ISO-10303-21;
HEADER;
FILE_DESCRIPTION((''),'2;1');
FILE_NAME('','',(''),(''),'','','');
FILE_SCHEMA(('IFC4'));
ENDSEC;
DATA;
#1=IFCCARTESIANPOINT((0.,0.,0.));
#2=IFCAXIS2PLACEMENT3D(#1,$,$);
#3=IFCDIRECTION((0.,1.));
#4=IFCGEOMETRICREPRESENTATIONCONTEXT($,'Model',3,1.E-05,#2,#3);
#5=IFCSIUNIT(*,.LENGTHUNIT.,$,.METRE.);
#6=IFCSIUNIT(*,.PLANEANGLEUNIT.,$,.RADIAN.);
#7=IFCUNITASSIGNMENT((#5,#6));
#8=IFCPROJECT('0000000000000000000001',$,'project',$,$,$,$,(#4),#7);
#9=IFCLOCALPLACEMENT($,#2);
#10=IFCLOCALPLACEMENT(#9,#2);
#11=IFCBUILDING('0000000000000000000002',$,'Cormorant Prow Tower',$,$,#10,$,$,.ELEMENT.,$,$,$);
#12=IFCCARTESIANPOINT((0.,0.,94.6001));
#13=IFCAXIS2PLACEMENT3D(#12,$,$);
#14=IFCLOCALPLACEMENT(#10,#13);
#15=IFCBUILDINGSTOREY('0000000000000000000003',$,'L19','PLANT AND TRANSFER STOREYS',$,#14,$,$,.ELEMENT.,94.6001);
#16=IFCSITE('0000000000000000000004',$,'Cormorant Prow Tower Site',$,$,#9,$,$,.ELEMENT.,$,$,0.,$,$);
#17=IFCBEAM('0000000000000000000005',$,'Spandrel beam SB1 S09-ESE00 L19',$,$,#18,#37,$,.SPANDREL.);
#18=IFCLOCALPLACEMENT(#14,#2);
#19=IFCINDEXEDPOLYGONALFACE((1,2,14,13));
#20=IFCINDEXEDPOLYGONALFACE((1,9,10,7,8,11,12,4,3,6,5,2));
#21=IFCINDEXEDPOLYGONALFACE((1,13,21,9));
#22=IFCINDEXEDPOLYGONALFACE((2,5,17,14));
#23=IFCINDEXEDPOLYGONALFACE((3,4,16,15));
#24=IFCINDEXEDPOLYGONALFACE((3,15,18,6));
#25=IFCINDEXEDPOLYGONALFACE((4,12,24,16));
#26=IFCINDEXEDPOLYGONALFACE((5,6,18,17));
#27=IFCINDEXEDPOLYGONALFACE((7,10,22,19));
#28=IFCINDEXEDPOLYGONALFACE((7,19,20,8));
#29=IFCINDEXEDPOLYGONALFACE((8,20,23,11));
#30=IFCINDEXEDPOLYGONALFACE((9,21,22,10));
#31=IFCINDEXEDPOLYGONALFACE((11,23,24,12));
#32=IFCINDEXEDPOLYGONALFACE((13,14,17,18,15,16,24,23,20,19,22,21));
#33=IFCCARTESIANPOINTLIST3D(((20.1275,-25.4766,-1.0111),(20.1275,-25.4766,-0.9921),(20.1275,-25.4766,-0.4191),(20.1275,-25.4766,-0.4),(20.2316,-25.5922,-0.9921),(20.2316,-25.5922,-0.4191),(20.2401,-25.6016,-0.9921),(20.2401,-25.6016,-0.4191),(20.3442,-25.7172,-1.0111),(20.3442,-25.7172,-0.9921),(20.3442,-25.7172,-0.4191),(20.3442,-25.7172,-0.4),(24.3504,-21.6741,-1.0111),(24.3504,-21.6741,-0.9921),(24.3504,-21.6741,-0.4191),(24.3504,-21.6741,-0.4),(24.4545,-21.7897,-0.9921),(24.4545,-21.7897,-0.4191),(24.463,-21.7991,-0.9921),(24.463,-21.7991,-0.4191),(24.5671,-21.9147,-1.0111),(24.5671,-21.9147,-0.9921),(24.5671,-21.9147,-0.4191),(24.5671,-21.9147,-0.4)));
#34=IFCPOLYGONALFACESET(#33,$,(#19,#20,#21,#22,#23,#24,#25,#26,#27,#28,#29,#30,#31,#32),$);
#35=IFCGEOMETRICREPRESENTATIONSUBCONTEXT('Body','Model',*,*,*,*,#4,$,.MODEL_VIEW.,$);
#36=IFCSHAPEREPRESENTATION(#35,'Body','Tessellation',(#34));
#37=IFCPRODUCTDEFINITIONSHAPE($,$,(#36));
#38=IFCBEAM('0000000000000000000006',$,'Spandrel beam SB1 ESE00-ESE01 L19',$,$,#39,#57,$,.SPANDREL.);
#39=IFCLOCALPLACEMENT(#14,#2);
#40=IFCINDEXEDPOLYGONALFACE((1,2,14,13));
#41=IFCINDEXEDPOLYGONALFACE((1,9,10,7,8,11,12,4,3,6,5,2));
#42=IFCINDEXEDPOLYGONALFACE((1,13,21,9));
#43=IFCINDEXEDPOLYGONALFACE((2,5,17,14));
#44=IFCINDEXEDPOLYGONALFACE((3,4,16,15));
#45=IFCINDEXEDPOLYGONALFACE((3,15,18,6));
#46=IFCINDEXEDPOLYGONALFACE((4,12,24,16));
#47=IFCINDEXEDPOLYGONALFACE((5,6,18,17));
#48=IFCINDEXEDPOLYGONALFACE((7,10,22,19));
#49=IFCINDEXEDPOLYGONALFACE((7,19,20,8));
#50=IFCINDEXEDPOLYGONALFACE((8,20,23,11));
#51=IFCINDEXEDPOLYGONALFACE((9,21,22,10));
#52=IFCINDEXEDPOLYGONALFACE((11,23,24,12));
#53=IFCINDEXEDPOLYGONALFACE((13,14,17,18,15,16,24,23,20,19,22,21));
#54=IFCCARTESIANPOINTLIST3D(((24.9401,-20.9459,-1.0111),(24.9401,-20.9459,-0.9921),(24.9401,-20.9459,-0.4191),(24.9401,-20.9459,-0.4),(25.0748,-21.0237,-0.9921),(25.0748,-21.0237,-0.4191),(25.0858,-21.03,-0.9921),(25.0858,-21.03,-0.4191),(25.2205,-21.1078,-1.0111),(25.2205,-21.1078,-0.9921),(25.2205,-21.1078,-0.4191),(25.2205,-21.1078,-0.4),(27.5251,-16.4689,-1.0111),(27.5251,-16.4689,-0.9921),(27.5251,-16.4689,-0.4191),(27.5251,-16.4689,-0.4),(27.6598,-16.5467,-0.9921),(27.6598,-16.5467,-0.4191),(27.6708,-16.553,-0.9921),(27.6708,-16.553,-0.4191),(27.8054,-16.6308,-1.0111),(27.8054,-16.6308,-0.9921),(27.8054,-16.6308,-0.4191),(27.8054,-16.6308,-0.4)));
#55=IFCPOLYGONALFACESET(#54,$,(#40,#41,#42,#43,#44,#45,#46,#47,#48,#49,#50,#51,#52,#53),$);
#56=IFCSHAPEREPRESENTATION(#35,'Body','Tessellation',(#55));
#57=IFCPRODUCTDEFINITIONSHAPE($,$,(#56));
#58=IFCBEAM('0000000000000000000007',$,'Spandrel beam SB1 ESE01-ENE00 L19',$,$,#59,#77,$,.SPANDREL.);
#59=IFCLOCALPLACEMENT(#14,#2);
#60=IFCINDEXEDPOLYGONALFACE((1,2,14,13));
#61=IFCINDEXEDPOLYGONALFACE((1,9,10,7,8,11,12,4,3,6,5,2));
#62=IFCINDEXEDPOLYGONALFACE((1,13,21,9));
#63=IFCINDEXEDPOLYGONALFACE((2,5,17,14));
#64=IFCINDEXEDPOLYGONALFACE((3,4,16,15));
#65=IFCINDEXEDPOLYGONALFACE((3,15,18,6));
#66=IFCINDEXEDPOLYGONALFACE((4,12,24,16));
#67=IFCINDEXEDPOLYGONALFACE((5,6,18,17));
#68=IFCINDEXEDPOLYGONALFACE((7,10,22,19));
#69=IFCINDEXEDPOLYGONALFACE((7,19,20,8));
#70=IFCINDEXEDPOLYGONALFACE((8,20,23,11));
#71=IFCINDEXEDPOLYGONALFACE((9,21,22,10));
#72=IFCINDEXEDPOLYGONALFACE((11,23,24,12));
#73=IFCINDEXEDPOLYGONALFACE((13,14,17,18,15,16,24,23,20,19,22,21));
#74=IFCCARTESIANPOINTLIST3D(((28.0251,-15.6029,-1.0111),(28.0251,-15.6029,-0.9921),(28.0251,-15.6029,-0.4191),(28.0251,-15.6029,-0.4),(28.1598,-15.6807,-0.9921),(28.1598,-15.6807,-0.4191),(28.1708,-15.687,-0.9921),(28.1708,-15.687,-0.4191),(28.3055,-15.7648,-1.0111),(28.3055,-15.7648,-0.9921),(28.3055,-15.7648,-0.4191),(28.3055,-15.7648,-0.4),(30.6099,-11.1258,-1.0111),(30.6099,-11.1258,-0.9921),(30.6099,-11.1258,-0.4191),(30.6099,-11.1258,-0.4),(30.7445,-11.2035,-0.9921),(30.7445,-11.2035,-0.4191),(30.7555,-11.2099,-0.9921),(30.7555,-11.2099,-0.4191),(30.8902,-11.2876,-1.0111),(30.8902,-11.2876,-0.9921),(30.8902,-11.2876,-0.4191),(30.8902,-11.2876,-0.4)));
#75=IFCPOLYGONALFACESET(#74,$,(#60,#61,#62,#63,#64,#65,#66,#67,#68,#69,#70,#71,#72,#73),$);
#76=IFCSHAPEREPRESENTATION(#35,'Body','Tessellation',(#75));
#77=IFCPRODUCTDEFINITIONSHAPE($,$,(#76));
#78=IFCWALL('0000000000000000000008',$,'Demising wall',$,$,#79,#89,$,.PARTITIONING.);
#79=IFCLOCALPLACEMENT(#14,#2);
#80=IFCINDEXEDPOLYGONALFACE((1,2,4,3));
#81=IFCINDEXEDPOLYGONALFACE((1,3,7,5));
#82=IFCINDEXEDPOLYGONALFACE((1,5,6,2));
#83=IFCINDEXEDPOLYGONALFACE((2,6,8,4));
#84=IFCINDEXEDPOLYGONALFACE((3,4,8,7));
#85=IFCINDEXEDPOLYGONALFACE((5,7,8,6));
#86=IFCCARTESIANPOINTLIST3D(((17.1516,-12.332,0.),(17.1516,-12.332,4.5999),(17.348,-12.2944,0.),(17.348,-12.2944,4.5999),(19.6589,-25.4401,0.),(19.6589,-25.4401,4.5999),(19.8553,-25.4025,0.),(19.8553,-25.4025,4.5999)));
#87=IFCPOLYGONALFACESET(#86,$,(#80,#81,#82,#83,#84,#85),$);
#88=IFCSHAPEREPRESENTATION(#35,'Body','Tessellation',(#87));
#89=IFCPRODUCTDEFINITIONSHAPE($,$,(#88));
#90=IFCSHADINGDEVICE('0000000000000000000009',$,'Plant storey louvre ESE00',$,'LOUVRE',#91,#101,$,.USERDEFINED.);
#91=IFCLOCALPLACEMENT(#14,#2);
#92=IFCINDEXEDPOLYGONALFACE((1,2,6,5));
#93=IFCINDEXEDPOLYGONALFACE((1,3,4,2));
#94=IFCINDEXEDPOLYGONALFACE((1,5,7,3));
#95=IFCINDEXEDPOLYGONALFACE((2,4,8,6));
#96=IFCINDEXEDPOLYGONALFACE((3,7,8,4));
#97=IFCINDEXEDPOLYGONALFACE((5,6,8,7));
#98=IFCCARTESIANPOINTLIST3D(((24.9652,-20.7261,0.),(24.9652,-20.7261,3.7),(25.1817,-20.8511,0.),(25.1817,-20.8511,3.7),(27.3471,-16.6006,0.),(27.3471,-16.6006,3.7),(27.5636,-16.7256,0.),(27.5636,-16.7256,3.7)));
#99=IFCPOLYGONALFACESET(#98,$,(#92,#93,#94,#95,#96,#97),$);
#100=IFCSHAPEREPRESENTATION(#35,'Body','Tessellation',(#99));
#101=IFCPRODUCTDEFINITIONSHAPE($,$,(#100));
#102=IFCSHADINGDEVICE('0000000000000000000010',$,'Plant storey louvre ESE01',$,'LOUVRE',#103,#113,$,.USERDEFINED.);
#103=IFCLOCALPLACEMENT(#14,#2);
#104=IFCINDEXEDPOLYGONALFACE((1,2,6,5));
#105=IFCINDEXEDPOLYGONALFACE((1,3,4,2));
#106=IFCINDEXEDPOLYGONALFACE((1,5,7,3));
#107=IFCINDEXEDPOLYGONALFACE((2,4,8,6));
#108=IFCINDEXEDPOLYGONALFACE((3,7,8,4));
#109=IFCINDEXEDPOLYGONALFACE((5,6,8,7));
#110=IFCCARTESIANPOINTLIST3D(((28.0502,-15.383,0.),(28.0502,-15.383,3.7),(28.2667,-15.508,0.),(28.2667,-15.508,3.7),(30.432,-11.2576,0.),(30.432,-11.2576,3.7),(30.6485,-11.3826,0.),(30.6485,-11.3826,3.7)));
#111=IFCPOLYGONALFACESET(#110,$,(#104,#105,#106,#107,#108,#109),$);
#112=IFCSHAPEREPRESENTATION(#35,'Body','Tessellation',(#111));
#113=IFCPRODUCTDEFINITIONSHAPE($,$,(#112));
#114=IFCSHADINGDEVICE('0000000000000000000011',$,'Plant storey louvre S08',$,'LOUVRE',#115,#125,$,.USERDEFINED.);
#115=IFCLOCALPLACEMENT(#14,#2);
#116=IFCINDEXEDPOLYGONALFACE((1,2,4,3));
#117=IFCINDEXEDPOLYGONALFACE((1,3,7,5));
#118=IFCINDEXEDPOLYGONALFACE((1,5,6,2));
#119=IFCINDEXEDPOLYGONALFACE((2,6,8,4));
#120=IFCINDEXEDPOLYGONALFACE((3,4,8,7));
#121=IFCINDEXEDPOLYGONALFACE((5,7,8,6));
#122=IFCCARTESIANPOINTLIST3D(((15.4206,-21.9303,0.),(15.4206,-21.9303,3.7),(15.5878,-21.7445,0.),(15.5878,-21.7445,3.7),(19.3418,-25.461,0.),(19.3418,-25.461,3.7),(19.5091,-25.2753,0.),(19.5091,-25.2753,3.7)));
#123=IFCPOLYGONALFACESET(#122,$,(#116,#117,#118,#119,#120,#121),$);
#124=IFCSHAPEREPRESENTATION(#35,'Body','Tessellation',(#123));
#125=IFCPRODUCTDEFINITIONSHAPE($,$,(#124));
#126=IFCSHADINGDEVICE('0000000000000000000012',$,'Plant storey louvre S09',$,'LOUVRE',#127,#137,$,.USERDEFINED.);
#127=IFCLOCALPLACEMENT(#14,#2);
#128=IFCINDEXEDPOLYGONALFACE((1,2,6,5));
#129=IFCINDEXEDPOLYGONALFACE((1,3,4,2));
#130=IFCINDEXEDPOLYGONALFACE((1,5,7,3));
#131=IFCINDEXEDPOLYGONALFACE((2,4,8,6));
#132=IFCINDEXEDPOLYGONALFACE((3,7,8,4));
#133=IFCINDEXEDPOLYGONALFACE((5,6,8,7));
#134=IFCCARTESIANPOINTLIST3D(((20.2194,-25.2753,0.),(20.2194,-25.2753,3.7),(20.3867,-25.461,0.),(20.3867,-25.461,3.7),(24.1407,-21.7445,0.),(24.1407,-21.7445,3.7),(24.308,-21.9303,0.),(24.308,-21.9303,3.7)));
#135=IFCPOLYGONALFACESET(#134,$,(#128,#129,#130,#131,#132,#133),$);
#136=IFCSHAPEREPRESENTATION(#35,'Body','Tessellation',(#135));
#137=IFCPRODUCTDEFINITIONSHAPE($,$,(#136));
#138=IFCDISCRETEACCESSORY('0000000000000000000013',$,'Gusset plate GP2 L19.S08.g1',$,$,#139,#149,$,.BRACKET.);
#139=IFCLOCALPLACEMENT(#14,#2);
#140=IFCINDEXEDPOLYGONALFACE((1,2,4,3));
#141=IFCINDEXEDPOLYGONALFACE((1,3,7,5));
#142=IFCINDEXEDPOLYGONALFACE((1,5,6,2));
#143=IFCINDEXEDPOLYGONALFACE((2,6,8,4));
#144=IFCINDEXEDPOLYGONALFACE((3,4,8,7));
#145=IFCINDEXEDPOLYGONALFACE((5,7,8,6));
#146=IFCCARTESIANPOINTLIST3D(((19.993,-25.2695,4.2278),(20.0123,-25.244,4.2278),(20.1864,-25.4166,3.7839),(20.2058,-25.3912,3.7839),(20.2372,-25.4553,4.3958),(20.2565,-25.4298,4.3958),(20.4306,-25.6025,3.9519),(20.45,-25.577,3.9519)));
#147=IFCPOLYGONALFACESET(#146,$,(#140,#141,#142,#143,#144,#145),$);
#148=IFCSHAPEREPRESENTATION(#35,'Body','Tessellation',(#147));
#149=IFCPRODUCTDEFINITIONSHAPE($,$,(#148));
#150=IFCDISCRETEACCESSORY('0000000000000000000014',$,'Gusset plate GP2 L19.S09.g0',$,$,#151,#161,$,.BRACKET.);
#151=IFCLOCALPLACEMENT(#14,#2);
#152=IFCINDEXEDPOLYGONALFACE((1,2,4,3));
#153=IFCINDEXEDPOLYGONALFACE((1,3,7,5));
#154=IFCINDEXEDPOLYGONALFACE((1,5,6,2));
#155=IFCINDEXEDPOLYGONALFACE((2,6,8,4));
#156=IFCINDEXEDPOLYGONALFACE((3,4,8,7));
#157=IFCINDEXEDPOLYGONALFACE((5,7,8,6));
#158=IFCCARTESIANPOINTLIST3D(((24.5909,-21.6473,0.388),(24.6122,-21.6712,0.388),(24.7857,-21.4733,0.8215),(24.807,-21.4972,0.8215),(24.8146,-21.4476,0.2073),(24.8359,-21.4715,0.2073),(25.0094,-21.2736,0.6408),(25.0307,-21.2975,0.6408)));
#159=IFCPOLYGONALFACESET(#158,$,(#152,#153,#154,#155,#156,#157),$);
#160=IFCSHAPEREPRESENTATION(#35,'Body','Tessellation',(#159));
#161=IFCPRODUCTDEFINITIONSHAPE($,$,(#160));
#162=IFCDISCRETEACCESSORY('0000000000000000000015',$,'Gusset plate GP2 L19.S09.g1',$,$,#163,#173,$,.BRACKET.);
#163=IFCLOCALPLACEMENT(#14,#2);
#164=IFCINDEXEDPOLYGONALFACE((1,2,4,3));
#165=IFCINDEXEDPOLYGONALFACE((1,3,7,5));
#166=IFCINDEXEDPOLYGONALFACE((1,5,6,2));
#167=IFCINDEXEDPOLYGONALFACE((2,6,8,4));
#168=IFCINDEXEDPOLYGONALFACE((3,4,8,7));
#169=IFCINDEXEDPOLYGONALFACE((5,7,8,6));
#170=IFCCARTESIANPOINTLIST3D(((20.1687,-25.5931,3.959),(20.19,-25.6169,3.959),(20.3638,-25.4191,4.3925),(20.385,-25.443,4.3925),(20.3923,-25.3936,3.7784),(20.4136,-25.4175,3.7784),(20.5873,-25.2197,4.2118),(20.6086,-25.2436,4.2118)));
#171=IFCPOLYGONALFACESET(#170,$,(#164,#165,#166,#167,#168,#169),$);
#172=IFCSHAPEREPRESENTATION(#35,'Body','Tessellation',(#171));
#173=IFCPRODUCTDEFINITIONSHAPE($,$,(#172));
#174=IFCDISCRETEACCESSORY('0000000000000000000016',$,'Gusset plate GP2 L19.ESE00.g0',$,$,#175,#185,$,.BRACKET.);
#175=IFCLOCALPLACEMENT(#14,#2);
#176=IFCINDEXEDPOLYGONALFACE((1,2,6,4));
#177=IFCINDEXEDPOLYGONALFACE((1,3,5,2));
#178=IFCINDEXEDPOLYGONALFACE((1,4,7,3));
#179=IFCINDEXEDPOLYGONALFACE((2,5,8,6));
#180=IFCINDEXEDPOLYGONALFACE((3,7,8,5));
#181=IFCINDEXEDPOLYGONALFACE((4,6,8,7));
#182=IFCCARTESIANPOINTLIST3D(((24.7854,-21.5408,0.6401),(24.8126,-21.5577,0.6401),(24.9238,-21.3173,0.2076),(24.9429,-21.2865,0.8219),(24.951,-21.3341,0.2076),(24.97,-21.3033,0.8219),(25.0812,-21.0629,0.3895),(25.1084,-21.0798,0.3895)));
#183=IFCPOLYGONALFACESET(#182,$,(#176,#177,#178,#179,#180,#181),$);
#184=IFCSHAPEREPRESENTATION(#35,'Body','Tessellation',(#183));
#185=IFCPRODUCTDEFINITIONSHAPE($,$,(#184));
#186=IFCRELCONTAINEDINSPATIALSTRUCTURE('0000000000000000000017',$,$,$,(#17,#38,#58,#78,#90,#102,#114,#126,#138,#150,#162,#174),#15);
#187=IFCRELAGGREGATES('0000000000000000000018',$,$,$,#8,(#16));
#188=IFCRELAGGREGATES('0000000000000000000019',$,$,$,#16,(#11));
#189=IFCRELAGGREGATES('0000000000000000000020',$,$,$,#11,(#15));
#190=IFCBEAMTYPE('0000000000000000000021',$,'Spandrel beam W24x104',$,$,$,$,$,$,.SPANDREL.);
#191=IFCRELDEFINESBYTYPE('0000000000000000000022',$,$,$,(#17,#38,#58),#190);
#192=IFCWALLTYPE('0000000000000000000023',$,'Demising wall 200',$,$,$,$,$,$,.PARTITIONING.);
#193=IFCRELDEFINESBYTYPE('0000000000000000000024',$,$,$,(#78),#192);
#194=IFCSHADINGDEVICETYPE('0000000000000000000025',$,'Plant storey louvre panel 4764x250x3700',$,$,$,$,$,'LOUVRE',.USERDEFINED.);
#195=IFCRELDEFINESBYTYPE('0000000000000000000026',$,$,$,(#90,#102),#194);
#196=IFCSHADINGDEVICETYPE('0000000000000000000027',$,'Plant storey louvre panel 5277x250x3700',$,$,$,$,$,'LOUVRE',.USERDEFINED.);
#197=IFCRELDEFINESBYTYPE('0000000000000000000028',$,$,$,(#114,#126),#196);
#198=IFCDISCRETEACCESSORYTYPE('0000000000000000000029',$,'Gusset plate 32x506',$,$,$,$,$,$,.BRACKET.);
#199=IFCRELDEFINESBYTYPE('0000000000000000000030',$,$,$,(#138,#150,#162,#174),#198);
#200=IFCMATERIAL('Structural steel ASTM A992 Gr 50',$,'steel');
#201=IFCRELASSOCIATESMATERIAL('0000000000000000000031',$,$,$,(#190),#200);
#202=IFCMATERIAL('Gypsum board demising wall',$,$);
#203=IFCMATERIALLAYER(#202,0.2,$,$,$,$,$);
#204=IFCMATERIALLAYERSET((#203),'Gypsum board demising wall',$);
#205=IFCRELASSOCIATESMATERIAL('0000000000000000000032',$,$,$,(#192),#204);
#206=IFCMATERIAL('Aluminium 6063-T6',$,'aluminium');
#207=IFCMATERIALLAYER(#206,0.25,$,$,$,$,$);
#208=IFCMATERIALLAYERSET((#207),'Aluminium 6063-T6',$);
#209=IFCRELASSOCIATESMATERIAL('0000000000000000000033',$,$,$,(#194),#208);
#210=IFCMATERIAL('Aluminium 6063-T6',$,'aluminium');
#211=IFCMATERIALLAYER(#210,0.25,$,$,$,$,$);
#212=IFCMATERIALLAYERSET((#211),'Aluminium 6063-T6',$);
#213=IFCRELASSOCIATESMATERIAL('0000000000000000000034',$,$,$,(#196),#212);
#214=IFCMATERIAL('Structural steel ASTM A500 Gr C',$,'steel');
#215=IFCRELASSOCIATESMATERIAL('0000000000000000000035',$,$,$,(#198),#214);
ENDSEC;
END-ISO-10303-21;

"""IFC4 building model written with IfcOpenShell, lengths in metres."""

from ifc_helpers import new_model, si_unit, direction, frame, frame_2d, origin, origin_2d, place, context, subcontext, project, spatial, rectangle, i_section, extrude, material, layer, layer_set, material_profile, profile_set, type_object, element, save


model = new_model("IFC4")

# Units and contexts
model_context = context("Model", 3, precision=1e-05, world=origin(), true_north=direction((0.0, 1.0)))
body_context = subcontext(model_context, "Body", "Model", "MODEL_VIEW")
ifc_project = project(units=[si_unit("LENGTHUNIT", "METRE"), si_unit("PLANEANGLEUNIT", "RADIAN")], contexts=[model_context])

# Site, building, storey
site_placement = place(None, origin())
site = spatial("IfcSite", under=ifc_project, at=site_placement, Name="Cormorant Prow Tower Site", CompositionType="ELEMENT", RefElevation=0.0)
building_placement = place(site_placement, origin())
building = spatial("IfcBuilding", under=site, at=building_placement, Name="Cormorant Prow Tower", CompositionType="ELEMENT")
storey_placement = place(building_placement, frame((0.0, 0.0, 94.6001)))
storey = spatial("IfcBuildingStorey", under=building, at=storey_placement, Name="L19", Description="PLANT AND TRANSFER STOREYS", CompositionType="ELEMENT", Elevation=94.6001)

# Beams
ifc_material_1 = material(Name="Structural steel ASTM A992 Gr 50", Category="steel")
ifc_material_profile_1 = material_profile(ifc_material_1, i_section(OverallWidth=0.3237, OverallDepth=0.6111, WebThickness=0.0127, FlangeThickness=0.019, at=origin_2d()), Name="W24x104")
ifc_profile_set_1 = profile_set([ifc_material_profile_1], Name="Structural steel ASTM A992 Gr 50")
beam_type_1 = type_object("IfcBeamType", Name="Spandrel beam W24x104", PredefinedType="SPANDREL", material=ifc_profile_set_1)
beam_1_placement = place(storey_placement, frame((20.2358, -25.5969, -0.7056), z_axis=(0.74313, 0.669147, 0.0), x_axis=(-0.669147, 0.74313, 0.0)))
element("IfcBeam", 1, at=beam_1_placement, inside=storey, type_object=beam_type_1, Name="Spandrel beam SB1 S09-ESE00 L19", PredefinedType="SPANDREL", context=body_context, shape_type="SweptSolid", body=[
    extrude(i_section(OverallWidth=0.3237, OverallDepth=0.6111, WebThickness=0.0127, FlangeThickness=0.019, at=origin_2d()), origin(), (0.0, 0.0, 1.0), 5.6826),
])
for number, where, z_axis, x_axis, name in (
    (2, (25.0803, -21.0269, -0.7056), (0.50002, 0.866014, 0.0), (-0.866014, 0.50002, 0.0), "Spandrel beam SB1 ESE00-ESE01 L19"),
    (3, (28.1653, -15.6838, -0.7056), (0.499984, 0.866035, 0.0), (-0.866035, 0.499984, 0.0), "Spandrel beam SB1 ESE01-ENE00 L19"),
):
    element("IfcBeam", number, at=place(storey_placement, frame(where, z_axis=z_axis, x_axis=x_axis)), inside=storey, type_object=beam_type_1, Name=name, PredefinedType="SPANDREL", context=body_context, shape_type="SweptSolid", body=[
        extrude(i_section(OverallWidth=0.3237, OverallDepth=0.6111, WebThickness=0.0127, FlangeThickness=0.019, at=origin_2d()), origin(), (0.0, 0.0, 1.0), 5.1697),
    ])

# Wall
ifc_material_2 = material(Name="Gypsum board demising wall")
ifc_layer_1 = layer(ifc_material_2, 0.2)
ifc_layer_set_1 = layer_set([ifc_layer_1], Name="Gypsum board demising wall")
wall_type = type_object("IfcWallType", Name="Demising wall 200", PredefinedType="PARTITIONING", material=ifc_layer_set_1)
wall_placement = place(storey_placement, frame((17.2498, -12.3132, 0.0), z_axis=(0.0, 0.0, 1.0), x_axis=(0.187874, -0.982193, 0.0)))
element("IfcWall", 4, at=wall_placement, inside=storey, type_object=wall_type, Name="Demising wall", PredefinedType="PARTITIONING", context=body_context, shape_type="SweptSolid", body=[
    extrude(rectangle(XDim=13.3457, YDim=0.2, at=frame_2d((6.6729, 0.0))), origin(), (0.0, 0.0, 1.0), 4.5999),
])

# Shading devices
ifc_material_3 = material(Name="Aluminium 6063-T6", Category="aluminium")
ifc_layer_2 = layer(ifc_material_3, 0.25)
ifc_layer_set_2 = layer_set([ifc_layer_2], Name="Aluminium 6063-T6")
shading_device_type_1 = type_object("IfcShadingDeviceType", Name="Plant storey louvre panel 4764x250x3700", ElementType="LOUVRE", PredefinedType="USERDEFINED", material=ifc_layer_set_2)
for number, where, z_axis, x_axis, name in (
    (5, (26.2644, -18.7258, 0.0), (0.0, 0.0, 1.0), (0.5, 0.866025, 0.0), "Plant storey louvre ESE00"),
    (6, (29.3494, -13.3828, 0.0), (0.0, 0.0, 1.0), (0.5, 0.866025, 0.0), "Plant storey louvre ESE01"),
):
    element("IfcShadingDevice", number, at=place(storey_placement, frame(where, z_axis=z_axis, x_axis=x_axis)), inside=storey, type_object=shading_device_type_1, Name=name, ObjectType="LOUVRE", PredefinedType="USERDEFINED", context=body_context, shape_type="SweptSolid", body=[
        extrude(rectangle(XDim=4.7637, YDim=0.25, at=origin_2d()), origin(), (0.0, 0.0, 1.0), 3.7),
    ])
ifc_material_4 = material(Name="Aluminium 6063-T6", Category="aluminium")
ifc_layer_3 = layer(ifc_material_4, 0.25)
ifc_layer_set_3 = layer_set([ifc_layer_3], Name="Aluminium 6063-T6")
shading_device_type_2 = type_object("IfcShadingDeviceType", Name="Plant storey louvre panel 5277x250x3700", ElementType="LOUVRE", PredefinedType="USERDEFINED", material=ifc_layer_set_3)
for number, where, z_axis, x_axis, name in (
    (7, (17.4648, -23.6028, 0.0), (0.0, 0.0, 1.0), (0.743145, -0.669131, 0.0), "Plant storey louvre S08"),
    (8, (22.2637, -23.6028, 0.0), (0.0, 0.0, 1.0), (0.743145, 0.669131, 0.0), "Plant storey louvre S09"),
):
    element("IfcShadingDevice", number, at=place(storey_placement, frame(where, z_axis=z_axis, x_axis=x_axis)), inside=storey, type_object=shading_device_type_2, Name=name, ObjectType="LOUVRE", PredefinedType="USERDEFINED", context=body_context, shape_type="SweptSolid", body=[
        extrude(rectangle(XDim=5.2766, YDim=0.25, at=origin_2d()), origin(), (0.0, 0.0, 1.0), 3.7),
    ])

# Discrete accessories
ifc_material_5 = material(Name="Structural steel ASTM A500 Gr C", Category="steel")
ifc_material_profile_2 = material_profile(ifc_material_5, rectangle(XDim=0.032, YDim=0.5061, at=origin_2d()), Name="Gusset plate 32x506")
ifc_profile_set_2 = profile_set([ifc_material_profile_2], Name="Structural steel ASTM A500 Gr C")
discrete_accessory_type_1 = type_object("IfcDiscreteAccessoryType", Name="Gusset plate 32x506", PredefinedType="BRACKET", material=ifc_profile_set_2)
discrete_accessory_1_placement = place(storey_placement, frame((20.0994, -25.3303, 4.0059), z_axis=(0.698011, -0.531186, 0.480231), x_axis=(0.605588, 0.795779, 0.0)))
element("IfcDiscreteAccessory", 9, at=discrete_accessory_1_placement, inside=storey, type_object=discrete_accessory_type_1, Name="Gusset plate GP2 L19.S08.g1", PredefinedType="BRACKET", context=body_context, shape_type="SweptSolid", body=[
    extrude(rectangle(XDim=0.032, YDim=0.5061, at=origin_2d()), origin(), (0.0, 0.0, 1.0), 0.3499),
])
discrete_accessory_2_placement = place(storey_placement, frame((24.699, -21.5723, 0.6047), z_axis=(0.638862, 0.570512, -0.516111), x_axis=(-0.66608, 0.74588, 0.0)))
element("IfcDiscreteAccessory", 10, at=discrete_accessory_2_placement, inside=storey, type_object=discrete_accessory_type_1, Name="Gusset plate GP2 L19.S09.g0", PredefinedType="BRACKET", context=body_context, shape_type="SweptSolid", body=[
    extrude(rectangle(XDim=0.032, YDim=0.5061, at=origin_2d()), origin(), (0.0, 0.0, 1.0), 0.3501),
])
discrete_accessory_3_placement = place(storey_placement, frame((20.5005, -25.3186, 3.9951), z_axis=(-0.639116, -0.570042, 0.516317), x_axis=(0.665627, -0.746284, 0.0)))
element("IfcDiscreteAccessory", 11, at=discrete_accessory_3_placement, inside=storey, type_object=discrete_accessory_type_1, Name="Gusset plate GP2 L19.S09.g1", PredefinedType="BRACKET", context=body_context, shape_type="SweptSolid", body=[
    extrude(rectangle(XDim=0.032, YDim=0.5061, at=origin_2d()), origin(), (0.0, 0.0, 1.0), 0.3499),
])
for number, where, z_axis, x_axis, name in (
    (12, (25.0256, -21.1831, 0.6057), (-0.449741, -0.726558, -0.519468), (0.850283, -0.526327, 0.0), "Gusset plate GP2 L19.ESE00.g0"),
):
    element("IfcDiscreteAccessory", number, at=place(storey_placement, frame(where, z_axis=z_axis, x_axis=x_axis)), inside=storey, type_object=discrete_accessory_type_1, Name=name, PredefinedType="BRACKET", context=body_context, shape_type="SweptSolid", body=[
        extrude(rectangle(XDim=0.032, YDim=0.5061, at=origin_2d()), origin(), (0.0, 0.0, 1.0), 0.3501),
    ])

save(model, "model.ifc")
